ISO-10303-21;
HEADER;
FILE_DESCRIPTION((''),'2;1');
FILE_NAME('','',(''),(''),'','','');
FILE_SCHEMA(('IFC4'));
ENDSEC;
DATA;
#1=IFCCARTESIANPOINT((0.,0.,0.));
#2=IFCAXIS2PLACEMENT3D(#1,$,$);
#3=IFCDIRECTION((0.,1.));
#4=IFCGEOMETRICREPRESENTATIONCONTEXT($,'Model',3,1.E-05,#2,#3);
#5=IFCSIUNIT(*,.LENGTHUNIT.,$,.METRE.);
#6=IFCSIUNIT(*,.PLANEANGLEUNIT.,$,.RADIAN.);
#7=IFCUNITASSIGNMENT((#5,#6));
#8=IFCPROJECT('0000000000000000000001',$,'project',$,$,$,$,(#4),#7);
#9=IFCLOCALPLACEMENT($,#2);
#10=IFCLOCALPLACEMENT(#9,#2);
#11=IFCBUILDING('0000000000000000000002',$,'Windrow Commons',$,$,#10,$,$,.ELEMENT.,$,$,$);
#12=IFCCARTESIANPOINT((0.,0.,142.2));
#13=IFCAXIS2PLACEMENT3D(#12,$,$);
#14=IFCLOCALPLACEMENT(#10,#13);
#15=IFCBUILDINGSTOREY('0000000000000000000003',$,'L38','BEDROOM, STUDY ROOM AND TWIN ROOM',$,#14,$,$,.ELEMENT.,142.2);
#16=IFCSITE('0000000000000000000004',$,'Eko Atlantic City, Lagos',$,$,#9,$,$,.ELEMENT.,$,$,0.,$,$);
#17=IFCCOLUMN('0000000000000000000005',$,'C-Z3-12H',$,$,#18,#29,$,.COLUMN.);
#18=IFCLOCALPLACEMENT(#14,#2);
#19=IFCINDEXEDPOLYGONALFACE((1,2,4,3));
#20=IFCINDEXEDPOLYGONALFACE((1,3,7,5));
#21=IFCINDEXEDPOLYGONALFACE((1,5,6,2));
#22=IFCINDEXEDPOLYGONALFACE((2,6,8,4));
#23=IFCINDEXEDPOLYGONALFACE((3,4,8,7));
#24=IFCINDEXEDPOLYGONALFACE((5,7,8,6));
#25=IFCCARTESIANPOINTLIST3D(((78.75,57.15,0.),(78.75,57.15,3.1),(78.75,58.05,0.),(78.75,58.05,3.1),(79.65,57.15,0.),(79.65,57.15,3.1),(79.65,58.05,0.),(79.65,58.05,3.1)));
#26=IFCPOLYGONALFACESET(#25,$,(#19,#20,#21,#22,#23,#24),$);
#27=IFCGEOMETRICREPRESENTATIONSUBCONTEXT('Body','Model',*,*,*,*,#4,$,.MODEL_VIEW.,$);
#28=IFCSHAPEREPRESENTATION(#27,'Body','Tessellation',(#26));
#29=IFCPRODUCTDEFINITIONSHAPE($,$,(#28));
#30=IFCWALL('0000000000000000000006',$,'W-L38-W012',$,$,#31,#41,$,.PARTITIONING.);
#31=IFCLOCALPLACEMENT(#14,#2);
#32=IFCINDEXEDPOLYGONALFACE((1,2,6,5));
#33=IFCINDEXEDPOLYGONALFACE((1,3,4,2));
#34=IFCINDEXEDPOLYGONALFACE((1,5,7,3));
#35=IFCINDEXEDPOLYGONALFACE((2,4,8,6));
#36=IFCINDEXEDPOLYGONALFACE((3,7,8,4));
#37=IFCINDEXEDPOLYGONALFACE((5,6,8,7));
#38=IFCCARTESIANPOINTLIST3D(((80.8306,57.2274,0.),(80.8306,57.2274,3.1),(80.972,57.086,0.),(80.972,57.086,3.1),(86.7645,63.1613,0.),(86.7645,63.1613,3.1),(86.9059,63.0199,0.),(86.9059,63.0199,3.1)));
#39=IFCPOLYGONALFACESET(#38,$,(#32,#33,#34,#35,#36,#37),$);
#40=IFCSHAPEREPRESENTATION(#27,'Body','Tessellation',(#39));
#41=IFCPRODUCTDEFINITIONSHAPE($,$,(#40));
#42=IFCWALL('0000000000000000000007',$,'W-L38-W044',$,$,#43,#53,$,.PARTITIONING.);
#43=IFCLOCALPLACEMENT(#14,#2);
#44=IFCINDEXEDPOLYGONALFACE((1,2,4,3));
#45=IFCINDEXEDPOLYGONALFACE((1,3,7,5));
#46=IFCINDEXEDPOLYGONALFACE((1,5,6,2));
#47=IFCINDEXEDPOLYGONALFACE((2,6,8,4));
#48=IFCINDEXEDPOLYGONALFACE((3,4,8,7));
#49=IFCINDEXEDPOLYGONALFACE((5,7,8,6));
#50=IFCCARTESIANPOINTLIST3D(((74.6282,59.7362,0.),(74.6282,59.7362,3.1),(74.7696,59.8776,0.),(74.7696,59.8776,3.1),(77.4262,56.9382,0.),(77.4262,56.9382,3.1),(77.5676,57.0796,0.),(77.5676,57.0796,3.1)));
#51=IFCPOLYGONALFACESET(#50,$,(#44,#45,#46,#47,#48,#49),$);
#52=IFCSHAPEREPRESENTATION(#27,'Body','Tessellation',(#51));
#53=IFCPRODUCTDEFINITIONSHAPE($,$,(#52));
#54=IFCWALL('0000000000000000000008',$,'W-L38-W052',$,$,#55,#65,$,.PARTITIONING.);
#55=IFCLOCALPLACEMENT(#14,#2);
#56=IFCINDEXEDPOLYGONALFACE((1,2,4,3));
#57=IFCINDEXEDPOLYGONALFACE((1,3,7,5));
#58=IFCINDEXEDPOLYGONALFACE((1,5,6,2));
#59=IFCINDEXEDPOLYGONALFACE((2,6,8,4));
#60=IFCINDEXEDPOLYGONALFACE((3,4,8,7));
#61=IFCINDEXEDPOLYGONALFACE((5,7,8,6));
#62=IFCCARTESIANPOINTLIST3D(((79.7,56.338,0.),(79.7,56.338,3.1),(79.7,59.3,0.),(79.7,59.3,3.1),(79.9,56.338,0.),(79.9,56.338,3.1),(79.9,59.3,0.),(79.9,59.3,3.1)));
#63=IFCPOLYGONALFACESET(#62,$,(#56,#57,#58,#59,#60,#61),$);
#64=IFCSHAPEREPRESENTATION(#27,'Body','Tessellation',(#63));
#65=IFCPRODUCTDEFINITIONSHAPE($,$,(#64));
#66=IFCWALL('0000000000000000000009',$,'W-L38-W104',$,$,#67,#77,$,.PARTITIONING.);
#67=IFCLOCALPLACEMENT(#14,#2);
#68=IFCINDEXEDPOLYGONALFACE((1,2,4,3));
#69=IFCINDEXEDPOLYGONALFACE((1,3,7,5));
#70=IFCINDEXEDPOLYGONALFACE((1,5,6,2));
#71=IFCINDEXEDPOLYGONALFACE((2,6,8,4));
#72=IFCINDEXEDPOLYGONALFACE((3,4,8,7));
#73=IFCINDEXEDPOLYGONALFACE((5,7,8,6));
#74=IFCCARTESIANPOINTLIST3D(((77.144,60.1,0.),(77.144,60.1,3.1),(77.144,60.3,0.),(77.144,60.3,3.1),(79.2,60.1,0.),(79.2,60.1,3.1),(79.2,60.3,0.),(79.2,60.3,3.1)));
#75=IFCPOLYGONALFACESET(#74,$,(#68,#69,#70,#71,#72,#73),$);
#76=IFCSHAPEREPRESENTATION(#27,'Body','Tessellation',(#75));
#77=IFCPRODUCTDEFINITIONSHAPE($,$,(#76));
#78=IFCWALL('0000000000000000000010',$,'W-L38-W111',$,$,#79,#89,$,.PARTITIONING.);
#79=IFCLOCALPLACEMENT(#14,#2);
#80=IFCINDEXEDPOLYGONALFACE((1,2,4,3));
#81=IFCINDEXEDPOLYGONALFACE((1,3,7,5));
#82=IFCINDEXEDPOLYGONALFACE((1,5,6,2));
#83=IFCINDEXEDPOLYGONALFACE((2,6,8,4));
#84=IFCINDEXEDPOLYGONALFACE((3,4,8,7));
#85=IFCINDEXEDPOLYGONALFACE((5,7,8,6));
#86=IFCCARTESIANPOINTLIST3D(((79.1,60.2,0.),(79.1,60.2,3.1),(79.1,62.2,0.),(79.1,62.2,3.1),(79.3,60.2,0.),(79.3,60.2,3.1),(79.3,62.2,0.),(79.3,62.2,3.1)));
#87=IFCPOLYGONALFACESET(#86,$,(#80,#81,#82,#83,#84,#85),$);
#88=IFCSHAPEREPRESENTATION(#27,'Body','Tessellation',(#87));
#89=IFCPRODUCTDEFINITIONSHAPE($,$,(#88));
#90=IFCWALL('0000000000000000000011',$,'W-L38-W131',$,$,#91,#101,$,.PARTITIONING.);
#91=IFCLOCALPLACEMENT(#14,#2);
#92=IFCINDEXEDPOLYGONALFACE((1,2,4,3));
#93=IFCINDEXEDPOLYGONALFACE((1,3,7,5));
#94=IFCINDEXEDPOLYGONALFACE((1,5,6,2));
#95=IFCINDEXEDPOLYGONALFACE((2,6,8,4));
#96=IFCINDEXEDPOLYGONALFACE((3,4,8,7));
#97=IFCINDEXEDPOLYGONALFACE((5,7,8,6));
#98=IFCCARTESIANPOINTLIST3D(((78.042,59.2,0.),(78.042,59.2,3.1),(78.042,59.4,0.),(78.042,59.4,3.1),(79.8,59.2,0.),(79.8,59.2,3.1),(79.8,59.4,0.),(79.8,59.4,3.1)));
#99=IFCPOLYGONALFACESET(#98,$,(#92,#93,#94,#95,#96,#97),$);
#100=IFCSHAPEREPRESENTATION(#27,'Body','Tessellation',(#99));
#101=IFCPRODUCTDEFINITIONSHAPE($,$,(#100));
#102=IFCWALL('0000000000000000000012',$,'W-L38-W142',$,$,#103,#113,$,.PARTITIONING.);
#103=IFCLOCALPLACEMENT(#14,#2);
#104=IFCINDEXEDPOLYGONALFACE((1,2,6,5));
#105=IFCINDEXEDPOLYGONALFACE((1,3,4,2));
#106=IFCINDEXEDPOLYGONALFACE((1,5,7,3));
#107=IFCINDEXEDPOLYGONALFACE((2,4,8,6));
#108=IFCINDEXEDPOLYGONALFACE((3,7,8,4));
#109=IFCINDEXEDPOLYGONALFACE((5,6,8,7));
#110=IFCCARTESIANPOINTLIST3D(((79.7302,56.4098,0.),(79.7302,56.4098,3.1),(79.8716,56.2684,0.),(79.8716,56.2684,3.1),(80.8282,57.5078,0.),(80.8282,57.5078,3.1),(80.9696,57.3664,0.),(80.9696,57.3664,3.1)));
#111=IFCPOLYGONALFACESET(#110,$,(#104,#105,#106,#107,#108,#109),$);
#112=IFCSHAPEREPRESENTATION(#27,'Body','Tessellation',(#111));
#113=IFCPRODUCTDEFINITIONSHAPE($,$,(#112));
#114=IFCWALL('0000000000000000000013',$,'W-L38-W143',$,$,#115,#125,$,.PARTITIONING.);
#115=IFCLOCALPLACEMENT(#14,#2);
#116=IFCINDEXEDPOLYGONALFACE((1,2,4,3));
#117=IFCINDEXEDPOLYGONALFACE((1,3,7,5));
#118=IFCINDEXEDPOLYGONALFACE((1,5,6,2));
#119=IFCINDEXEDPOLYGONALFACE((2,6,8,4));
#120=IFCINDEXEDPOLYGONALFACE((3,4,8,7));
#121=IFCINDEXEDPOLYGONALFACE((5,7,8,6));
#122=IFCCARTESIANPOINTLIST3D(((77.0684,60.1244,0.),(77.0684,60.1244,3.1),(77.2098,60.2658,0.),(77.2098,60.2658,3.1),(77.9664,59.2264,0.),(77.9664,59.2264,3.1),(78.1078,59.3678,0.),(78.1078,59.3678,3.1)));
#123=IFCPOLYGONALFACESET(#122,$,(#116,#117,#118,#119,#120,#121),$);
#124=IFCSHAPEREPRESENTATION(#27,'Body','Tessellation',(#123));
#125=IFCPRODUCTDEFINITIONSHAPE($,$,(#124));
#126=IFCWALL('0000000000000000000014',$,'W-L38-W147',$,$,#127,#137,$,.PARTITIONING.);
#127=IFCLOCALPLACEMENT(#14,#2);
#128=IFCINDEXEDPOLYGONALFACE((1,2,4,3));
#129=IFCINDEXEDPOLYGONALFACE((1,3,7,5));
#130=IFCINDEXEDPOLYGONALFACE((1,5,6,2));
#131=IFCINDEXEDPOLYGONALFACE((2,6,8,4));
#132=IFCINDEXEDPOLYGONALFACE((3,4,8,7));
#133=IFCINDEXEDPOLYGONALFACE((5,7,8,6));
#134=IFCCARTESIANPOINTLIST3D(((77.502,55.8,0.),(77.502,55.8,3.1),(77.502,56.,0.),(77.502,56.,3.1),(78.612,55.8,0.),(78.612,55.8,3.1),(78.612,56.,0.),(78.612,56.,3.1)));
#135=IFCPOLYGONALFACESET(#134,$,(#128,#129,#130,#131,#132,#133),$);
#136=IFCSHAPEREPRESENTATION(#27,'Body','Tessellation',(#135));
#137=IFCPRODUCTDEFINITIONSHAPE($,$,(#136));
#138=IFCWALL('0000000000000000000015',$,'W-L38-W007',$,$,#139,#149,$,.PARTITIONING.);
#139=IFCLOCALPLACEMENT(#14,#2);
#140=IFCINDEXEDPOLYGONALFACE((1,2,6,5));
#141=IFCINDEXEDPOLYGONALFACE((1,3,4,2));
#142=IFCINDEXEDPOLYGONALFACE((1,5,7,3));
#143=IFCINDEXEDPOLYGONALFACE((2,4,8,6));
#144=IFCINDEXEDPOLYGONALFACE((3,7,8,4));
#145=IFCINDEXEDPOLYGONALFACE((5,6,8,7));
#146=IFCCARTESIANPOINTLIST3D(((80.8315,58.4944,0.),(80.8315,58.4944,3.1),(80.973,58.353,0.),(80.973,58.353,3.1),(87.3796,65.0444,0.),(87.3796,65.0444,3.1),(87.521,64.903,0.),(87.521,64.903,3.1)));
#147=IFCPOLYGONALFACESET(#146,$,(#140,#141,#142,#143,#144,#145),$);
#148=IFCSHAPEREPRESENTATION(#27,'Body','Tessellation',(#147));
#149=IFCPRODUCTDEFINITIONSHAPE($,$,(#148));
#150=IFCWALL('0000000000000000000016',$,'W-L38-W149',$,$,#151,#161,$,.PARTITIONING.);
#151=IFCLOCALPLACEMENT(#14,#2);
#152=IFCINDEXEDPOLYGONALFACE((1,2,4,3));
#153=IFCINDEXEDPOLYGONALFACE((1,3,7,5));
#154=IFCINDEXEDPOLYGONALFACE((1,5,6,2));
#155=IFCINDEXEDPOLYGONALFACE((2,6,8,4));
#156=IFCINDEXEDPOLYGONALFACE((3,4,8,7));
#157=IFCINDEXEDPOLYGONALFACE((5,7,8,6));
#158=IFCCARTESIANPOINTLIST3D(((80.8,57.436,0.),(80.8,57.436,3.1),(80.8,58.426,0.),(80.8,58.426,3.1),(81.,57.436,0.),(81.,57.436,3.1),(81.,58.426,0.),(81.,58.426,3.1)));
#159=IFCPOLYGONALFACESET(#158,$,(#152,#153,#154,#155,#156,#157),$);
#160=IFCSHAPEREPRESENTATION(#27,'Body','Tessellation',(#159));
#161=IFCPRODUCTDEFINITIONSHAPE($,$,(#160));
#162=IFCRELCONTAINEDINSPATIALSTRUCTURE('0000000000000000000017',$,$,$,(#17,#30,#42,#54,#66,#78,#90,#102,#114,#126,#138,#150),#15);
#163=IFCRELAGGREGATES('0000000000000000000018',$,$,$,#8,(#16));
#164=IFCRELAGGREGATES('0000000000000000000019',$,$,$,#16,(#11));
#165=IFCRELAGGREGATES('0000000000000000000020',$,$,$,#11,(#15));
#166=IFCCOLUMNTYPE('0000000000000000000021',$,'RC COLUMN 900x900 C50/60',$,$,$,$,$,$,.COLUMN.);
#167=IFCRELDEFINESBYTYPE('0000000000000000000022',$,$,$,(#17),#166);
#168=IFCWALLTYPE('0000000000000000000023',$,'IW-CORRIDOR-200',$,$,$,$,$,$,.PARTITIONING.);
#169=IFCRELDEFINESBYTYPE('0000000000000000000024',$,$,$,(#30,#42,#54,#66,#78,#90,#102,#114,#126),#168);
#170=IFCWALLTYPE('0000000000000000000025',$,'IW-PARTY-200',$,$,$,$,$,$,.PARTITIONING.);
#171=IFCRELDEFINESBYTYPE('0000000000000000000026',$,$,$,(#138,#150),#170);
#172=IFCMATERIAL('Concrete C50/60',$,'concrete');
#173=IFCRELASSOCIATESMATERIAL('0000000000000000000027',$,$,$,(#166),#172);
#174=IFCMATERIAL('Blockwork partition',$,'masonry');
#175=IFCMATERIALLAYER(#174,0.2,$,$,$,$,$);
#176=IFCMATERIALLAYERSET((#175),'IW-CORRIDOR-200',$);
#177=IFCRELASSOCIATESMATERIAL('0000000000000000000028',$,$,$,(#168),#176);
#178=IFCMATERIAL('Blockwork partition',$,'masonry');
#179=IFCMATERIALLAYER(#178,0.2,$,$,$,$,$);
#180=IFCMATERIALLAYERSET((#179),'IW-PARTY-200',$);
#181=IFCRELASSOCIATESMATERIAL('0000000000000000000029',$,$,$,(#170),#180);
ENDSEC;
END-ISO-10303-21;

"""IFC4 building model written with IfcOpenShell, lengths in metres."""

from ifc_helpers import new_model, si_unit, direction, frame, frame_2d, origin, origin_2d, place, context, subcontext, project, spatial, rectangle, extrude, material, layer, layer_set, material_profile, profile_set, type_object, element, save


model = new_model("IFC4")

# Units and contexts
model_context = context("Model", 3, precision=1e-05, world=origin(), true_north=direction((0.0, 1.0)))
body_context = subcontext(model_context, "Body", "Model", "MODEL_VIEW")
ifc_project = project(units=[si_unit("LENGTHUNIT", "METRE"), si_unit("PLANEANGLEUNIT", "RADIAN")], contexts=[model_context])

# Site, building, storey
site_placement = place(None, origin())
site = spatial("IfcSite", under=ifc_project, at=site_placement, Name="Eko Atlantic City, Lagos", CompositionType="ELEMENT", RefElevation=0.0)
building_placement = place(site_placement, origin())
building = spatial("IfcBuilding", under=site, at=building_placement, Name="Windrow Commons", CompositionType="ELEMENT")
storey_placement = place(building_placement, frame((0.0, 0.0, 142.2)))
storey = spatial("IfcBuildingStorey", under=building, at=storey_placement, Name="L38", Description="BEDROOM, STUDY ROOM AND TWIN ROOM", CompositionType="ELEMENT", Elevation=142.2)

# Column
ifc_material_1 = material(Name="Concrete C50/60", Category="concrete")
ifc_material_profile = material_profile(ifc_material_1, rectangle(XDim=0.9, YDim=0.9, at=origin_2d()))
ifc_profile_set = profile_set([ifc_material_profile], Name="Concrete C50/60")
column_type = type_object("IfcColumnType", Name="RC COLUMN 900x900 C50/60", PredefinedType="COLUMN", material=ifc_profile_set)
column_placement = place(storey_placement, frame((79.2, 57.6, 0.0), z_axis=(0.0, 0.0, 1.0), x_axis=(1.0, 0.0, 0.0)))
element("IfcColumn", 1, at=column_placement, inside=storey, type_object=column_type, Name="C-Z3-12H", PredefinedType="COLUMN", context=body_context, shape_type="SweptSolid", body=[
    extrude(rectangle(XDim=0.9, YDim=0.9, at=origin_2d()), origin(), (0.0, 0.0, 1.0), 3.1),
])

# Walls
ifc_material_2 = material(Name="Blockwork partition", Category="masonry")
ifc_layer_1 = layer(ifc_material_2, 0.2)
ifc_layer_set_1 = layer_set([ifc_layer_1], Name="IW-CORRIDOR-200")
wall_type_1 = type_object("IfcWallType", Name="IW-CORRIDOR-200", PredefinedType="PARTITIONING", material=ifc_layer_set_1)
wall_1_placement = place(storey_placement, frame((80.9013, 57.1567, 0.0), z_axis=(0.0, 0.0, 1.0), x_axis=(0.707107, 0.707107, 0.0)))
element("IfcWall", 2, at=wall_1_placement, inside=storey, type_object=wall_type_1, Name="W-L38-W012", PredefinedType="PARTITIONING", context=body_context, shape_type="SweptSolid", body=[
    extrude(rectangle(XDim=8.3919, YDim=0.2, at=frame_2d((4.1959, 0.0))), origin(), (0.0, 0.0, 1.0), 3.1),
])
wall_2_placement = place(storey_placement, frame((74.6989, 59.8069, 0.0), z_axis=(0.0, 0.0, 1.0), x_axis=(0.707107, -0.707107, 0.0)))
element("IfcWall", 3, at=wall_2_placement, inside=storey, type_object=wall_type_1, Name="W-L38-W044", PredefinedType="PARTITIONING", context=body_context, shape_type="SweptSolid", body=[
    extrude(rectangle(XDim=3.957, YDim=0.2, at=frame_2d((1.9785, 0.0))), origin(), (0.0, 0.0, 1.0), 3.1),
])
wall_3_placement = place(storey_placement, frame((79.8, 56.338, 0.0), z_axis=(0.0, 0.0, 1.0), x_axis=(0.0, 1.0, 0.0)))
element("IfcWall", 4, at=wall_3_placement, inside=storey, type_object=wall_type_1, Name="W-L38-W052", PredefinedType="PARTITIONING", context=body_context, shape_type="SweptSolid", body=[
    extrude(rectangle(XDim=2.962, YDim=0.2, at=frame_2d((1.481, 0.0))), origin(), (0.0, 0.0, 1.0), 3.1),
])
wall_4_placement = place(storey_placement, frame((77.144, 60.2, 0.0), z_axis=(0.0, 0.0, 1.0), x_axis=(1.0, 0.0, 0.0)))
element("IfcWall", 5, at=wall_4_placement, inside=storey, type_object=wall_type_1, Name="W-L38-W104", PredefinedType="PARTITIONING", context=body_context, shape_type="SweptSolid", body=[
    extrude(rectangle(XDim=2.056, YDim=0.2, at=frame_2d((1.028, 0.0))), origin(), (0.0, 0.0, 1.0), 3.1),
])
wall_5_placement = place(storey_placement, frame((79.2, 60.2, 0.0), z_axis=(0.0, 0.0, 1.0), x_axis=(0.0, 1.0, 0.0)))
element("IfcWall", 6, at=wall_5_placement, inside=storey, type_object=wall_type_1, Name="W-L38-W111", PredefinedType="PARTITIONING", context=body_context, shape_type="SweptSolid", body=[
    extrude(rectangle(XDim=2.0, YDim=0.2, at=frame_2d((1.0, 0.0))), origin(), (0.0, 0.0, 1.0), 3.1),
])
wall_6_placement = place(storey_placement, frame((78.042, 59.3, 0.0), z_axis=(0.0, 0.0, 1.0), x_axis=(1.0, 0.0, 0.0)))
element("IfcWall", 7, at=wall_6_placement, inside=storey, type_object=wall_type_1, Name="W-L38-W131", PredefinedType="PARTITIONING", context=body_context, shape_type="SweptSolid", body=[
    extrude(rectangle(XDim=1.758, YDim=0.2, at=frame_2d((0.879, 0.0))), origin(), (0.0, 0.0, 1.0), 3.1),
])
wall_7_placement = place(storey_placement, frame((79.8009, 56.3391, 0.0), z_axis=(0.0, 0.0, 1.0), x_axis=(0.707107, 0.707107, 0.0)))
element("IfcWall", 8, at=wall_7_placement, inside=storey, type_object=wall_type_1, Name="W-L38-W142", PredefinedType="PARTITIONING", context=body_context, shape_type="SweptSolid", body=[
    extrude(rectangle(XDim=1.5528, YDim=0.2, at=frame_2d((0.7764, 0.0))), origin(), (0.0, 0.0, 1.0), 3.1),
])
wall_8_placement = place(storey_placement, frame((77.1391, 60.1951, 0.0), z_axis=(0.0, 0.0, 1.0), x_axis=(0.707107, -0.707107, 0.0)))
element("IfcWall", 9, at=wall_8_placement, inside=storey, type_object=wall_type_1, Name="W-L38-W143", PredefinedType="PARTITIONING", context=body_context, shape_type="SweptSolid", body=[
    extrude(rectangle(XDim=1.27, YDim=0.2, at=frame_2d((0.635, 0.0))), origin(), (0.0, 0.0, 1.0), 3.1),
])
wall_9_placement = place(storey_placement, frame((77.502, 55.9, 0.0), z_axis=(0.0, 0.0, 1.0), x_axis=(1.0, 0.0, 0.0)))
element("IfcWall", 10, at=wall_9_placement, inside=storey, type_object=wall_type_1, Name="W-L38-W147", PredefinedType="PARTITIONING", context=body_context, shape_type="SweptSolid", body=[
    extrude(rectangle(XDim=1.11, YDim=0.2, at=frame_2d((0.555, 0.0))), origin(), (0.0, 0.0, 1.0), 3.1),
])
ifc_material_3 = material(Name="Blockwork partition", Category="masonry")
ifc_layer_2 = layer(ifc_material_3, 0.2)
ifc_layer_set_2 = layer_set([ifc_layer_2], Name="IW-PARTY-200")
wall_type_2 = type_object("IfcWallType", Name="IW-PARTY-200", PredefinedType="PARTITIONING", material=ifc_layer_set_2)
wall_10_placement = place(storey_placement, frame((80.9023, 58.4237, 0.0), z_axis=(0.0, 0.0, 1.0), x_axis=(0.706999, 0.707215, 0.0)))
element("IfcWall", 11, at=wall_10_placement, inside=storey, type_object=wall_type_2, Name="W-L38-W007", PredefinedType="PARTITIONING", context=body_context, shape_type="SweptSolid", body=[
    extrude(rectangle(XDim=9.2617, YDim=0.2, at=frame_2d((4.6308, 0.0))), origin(), (0.0, 0.0, 1.0), 3.1),
])
wall_11_placement = place(storey_placement, frame((80.9, 57.436, 0.0), z_axis=(0.0, 0.0, 1.0), x_axis=(0.0, 1.0, 0.0)))
element("IfcWall", 12, at=wall_11_placement, inside=storey, type_object=wall_type_2, Name="W-L38-W149", PredefinedType="PARTITIONING", context=body_context, shape_type="SweptSolid", body=[
    extrude(rectangle(XDim=0.99, YDim=0.2, at=frame_2d((0.495, 0.0))), origin(), (0.0, 0.0, 1.0), 3.1),
])

save(model, "model.ifc")
